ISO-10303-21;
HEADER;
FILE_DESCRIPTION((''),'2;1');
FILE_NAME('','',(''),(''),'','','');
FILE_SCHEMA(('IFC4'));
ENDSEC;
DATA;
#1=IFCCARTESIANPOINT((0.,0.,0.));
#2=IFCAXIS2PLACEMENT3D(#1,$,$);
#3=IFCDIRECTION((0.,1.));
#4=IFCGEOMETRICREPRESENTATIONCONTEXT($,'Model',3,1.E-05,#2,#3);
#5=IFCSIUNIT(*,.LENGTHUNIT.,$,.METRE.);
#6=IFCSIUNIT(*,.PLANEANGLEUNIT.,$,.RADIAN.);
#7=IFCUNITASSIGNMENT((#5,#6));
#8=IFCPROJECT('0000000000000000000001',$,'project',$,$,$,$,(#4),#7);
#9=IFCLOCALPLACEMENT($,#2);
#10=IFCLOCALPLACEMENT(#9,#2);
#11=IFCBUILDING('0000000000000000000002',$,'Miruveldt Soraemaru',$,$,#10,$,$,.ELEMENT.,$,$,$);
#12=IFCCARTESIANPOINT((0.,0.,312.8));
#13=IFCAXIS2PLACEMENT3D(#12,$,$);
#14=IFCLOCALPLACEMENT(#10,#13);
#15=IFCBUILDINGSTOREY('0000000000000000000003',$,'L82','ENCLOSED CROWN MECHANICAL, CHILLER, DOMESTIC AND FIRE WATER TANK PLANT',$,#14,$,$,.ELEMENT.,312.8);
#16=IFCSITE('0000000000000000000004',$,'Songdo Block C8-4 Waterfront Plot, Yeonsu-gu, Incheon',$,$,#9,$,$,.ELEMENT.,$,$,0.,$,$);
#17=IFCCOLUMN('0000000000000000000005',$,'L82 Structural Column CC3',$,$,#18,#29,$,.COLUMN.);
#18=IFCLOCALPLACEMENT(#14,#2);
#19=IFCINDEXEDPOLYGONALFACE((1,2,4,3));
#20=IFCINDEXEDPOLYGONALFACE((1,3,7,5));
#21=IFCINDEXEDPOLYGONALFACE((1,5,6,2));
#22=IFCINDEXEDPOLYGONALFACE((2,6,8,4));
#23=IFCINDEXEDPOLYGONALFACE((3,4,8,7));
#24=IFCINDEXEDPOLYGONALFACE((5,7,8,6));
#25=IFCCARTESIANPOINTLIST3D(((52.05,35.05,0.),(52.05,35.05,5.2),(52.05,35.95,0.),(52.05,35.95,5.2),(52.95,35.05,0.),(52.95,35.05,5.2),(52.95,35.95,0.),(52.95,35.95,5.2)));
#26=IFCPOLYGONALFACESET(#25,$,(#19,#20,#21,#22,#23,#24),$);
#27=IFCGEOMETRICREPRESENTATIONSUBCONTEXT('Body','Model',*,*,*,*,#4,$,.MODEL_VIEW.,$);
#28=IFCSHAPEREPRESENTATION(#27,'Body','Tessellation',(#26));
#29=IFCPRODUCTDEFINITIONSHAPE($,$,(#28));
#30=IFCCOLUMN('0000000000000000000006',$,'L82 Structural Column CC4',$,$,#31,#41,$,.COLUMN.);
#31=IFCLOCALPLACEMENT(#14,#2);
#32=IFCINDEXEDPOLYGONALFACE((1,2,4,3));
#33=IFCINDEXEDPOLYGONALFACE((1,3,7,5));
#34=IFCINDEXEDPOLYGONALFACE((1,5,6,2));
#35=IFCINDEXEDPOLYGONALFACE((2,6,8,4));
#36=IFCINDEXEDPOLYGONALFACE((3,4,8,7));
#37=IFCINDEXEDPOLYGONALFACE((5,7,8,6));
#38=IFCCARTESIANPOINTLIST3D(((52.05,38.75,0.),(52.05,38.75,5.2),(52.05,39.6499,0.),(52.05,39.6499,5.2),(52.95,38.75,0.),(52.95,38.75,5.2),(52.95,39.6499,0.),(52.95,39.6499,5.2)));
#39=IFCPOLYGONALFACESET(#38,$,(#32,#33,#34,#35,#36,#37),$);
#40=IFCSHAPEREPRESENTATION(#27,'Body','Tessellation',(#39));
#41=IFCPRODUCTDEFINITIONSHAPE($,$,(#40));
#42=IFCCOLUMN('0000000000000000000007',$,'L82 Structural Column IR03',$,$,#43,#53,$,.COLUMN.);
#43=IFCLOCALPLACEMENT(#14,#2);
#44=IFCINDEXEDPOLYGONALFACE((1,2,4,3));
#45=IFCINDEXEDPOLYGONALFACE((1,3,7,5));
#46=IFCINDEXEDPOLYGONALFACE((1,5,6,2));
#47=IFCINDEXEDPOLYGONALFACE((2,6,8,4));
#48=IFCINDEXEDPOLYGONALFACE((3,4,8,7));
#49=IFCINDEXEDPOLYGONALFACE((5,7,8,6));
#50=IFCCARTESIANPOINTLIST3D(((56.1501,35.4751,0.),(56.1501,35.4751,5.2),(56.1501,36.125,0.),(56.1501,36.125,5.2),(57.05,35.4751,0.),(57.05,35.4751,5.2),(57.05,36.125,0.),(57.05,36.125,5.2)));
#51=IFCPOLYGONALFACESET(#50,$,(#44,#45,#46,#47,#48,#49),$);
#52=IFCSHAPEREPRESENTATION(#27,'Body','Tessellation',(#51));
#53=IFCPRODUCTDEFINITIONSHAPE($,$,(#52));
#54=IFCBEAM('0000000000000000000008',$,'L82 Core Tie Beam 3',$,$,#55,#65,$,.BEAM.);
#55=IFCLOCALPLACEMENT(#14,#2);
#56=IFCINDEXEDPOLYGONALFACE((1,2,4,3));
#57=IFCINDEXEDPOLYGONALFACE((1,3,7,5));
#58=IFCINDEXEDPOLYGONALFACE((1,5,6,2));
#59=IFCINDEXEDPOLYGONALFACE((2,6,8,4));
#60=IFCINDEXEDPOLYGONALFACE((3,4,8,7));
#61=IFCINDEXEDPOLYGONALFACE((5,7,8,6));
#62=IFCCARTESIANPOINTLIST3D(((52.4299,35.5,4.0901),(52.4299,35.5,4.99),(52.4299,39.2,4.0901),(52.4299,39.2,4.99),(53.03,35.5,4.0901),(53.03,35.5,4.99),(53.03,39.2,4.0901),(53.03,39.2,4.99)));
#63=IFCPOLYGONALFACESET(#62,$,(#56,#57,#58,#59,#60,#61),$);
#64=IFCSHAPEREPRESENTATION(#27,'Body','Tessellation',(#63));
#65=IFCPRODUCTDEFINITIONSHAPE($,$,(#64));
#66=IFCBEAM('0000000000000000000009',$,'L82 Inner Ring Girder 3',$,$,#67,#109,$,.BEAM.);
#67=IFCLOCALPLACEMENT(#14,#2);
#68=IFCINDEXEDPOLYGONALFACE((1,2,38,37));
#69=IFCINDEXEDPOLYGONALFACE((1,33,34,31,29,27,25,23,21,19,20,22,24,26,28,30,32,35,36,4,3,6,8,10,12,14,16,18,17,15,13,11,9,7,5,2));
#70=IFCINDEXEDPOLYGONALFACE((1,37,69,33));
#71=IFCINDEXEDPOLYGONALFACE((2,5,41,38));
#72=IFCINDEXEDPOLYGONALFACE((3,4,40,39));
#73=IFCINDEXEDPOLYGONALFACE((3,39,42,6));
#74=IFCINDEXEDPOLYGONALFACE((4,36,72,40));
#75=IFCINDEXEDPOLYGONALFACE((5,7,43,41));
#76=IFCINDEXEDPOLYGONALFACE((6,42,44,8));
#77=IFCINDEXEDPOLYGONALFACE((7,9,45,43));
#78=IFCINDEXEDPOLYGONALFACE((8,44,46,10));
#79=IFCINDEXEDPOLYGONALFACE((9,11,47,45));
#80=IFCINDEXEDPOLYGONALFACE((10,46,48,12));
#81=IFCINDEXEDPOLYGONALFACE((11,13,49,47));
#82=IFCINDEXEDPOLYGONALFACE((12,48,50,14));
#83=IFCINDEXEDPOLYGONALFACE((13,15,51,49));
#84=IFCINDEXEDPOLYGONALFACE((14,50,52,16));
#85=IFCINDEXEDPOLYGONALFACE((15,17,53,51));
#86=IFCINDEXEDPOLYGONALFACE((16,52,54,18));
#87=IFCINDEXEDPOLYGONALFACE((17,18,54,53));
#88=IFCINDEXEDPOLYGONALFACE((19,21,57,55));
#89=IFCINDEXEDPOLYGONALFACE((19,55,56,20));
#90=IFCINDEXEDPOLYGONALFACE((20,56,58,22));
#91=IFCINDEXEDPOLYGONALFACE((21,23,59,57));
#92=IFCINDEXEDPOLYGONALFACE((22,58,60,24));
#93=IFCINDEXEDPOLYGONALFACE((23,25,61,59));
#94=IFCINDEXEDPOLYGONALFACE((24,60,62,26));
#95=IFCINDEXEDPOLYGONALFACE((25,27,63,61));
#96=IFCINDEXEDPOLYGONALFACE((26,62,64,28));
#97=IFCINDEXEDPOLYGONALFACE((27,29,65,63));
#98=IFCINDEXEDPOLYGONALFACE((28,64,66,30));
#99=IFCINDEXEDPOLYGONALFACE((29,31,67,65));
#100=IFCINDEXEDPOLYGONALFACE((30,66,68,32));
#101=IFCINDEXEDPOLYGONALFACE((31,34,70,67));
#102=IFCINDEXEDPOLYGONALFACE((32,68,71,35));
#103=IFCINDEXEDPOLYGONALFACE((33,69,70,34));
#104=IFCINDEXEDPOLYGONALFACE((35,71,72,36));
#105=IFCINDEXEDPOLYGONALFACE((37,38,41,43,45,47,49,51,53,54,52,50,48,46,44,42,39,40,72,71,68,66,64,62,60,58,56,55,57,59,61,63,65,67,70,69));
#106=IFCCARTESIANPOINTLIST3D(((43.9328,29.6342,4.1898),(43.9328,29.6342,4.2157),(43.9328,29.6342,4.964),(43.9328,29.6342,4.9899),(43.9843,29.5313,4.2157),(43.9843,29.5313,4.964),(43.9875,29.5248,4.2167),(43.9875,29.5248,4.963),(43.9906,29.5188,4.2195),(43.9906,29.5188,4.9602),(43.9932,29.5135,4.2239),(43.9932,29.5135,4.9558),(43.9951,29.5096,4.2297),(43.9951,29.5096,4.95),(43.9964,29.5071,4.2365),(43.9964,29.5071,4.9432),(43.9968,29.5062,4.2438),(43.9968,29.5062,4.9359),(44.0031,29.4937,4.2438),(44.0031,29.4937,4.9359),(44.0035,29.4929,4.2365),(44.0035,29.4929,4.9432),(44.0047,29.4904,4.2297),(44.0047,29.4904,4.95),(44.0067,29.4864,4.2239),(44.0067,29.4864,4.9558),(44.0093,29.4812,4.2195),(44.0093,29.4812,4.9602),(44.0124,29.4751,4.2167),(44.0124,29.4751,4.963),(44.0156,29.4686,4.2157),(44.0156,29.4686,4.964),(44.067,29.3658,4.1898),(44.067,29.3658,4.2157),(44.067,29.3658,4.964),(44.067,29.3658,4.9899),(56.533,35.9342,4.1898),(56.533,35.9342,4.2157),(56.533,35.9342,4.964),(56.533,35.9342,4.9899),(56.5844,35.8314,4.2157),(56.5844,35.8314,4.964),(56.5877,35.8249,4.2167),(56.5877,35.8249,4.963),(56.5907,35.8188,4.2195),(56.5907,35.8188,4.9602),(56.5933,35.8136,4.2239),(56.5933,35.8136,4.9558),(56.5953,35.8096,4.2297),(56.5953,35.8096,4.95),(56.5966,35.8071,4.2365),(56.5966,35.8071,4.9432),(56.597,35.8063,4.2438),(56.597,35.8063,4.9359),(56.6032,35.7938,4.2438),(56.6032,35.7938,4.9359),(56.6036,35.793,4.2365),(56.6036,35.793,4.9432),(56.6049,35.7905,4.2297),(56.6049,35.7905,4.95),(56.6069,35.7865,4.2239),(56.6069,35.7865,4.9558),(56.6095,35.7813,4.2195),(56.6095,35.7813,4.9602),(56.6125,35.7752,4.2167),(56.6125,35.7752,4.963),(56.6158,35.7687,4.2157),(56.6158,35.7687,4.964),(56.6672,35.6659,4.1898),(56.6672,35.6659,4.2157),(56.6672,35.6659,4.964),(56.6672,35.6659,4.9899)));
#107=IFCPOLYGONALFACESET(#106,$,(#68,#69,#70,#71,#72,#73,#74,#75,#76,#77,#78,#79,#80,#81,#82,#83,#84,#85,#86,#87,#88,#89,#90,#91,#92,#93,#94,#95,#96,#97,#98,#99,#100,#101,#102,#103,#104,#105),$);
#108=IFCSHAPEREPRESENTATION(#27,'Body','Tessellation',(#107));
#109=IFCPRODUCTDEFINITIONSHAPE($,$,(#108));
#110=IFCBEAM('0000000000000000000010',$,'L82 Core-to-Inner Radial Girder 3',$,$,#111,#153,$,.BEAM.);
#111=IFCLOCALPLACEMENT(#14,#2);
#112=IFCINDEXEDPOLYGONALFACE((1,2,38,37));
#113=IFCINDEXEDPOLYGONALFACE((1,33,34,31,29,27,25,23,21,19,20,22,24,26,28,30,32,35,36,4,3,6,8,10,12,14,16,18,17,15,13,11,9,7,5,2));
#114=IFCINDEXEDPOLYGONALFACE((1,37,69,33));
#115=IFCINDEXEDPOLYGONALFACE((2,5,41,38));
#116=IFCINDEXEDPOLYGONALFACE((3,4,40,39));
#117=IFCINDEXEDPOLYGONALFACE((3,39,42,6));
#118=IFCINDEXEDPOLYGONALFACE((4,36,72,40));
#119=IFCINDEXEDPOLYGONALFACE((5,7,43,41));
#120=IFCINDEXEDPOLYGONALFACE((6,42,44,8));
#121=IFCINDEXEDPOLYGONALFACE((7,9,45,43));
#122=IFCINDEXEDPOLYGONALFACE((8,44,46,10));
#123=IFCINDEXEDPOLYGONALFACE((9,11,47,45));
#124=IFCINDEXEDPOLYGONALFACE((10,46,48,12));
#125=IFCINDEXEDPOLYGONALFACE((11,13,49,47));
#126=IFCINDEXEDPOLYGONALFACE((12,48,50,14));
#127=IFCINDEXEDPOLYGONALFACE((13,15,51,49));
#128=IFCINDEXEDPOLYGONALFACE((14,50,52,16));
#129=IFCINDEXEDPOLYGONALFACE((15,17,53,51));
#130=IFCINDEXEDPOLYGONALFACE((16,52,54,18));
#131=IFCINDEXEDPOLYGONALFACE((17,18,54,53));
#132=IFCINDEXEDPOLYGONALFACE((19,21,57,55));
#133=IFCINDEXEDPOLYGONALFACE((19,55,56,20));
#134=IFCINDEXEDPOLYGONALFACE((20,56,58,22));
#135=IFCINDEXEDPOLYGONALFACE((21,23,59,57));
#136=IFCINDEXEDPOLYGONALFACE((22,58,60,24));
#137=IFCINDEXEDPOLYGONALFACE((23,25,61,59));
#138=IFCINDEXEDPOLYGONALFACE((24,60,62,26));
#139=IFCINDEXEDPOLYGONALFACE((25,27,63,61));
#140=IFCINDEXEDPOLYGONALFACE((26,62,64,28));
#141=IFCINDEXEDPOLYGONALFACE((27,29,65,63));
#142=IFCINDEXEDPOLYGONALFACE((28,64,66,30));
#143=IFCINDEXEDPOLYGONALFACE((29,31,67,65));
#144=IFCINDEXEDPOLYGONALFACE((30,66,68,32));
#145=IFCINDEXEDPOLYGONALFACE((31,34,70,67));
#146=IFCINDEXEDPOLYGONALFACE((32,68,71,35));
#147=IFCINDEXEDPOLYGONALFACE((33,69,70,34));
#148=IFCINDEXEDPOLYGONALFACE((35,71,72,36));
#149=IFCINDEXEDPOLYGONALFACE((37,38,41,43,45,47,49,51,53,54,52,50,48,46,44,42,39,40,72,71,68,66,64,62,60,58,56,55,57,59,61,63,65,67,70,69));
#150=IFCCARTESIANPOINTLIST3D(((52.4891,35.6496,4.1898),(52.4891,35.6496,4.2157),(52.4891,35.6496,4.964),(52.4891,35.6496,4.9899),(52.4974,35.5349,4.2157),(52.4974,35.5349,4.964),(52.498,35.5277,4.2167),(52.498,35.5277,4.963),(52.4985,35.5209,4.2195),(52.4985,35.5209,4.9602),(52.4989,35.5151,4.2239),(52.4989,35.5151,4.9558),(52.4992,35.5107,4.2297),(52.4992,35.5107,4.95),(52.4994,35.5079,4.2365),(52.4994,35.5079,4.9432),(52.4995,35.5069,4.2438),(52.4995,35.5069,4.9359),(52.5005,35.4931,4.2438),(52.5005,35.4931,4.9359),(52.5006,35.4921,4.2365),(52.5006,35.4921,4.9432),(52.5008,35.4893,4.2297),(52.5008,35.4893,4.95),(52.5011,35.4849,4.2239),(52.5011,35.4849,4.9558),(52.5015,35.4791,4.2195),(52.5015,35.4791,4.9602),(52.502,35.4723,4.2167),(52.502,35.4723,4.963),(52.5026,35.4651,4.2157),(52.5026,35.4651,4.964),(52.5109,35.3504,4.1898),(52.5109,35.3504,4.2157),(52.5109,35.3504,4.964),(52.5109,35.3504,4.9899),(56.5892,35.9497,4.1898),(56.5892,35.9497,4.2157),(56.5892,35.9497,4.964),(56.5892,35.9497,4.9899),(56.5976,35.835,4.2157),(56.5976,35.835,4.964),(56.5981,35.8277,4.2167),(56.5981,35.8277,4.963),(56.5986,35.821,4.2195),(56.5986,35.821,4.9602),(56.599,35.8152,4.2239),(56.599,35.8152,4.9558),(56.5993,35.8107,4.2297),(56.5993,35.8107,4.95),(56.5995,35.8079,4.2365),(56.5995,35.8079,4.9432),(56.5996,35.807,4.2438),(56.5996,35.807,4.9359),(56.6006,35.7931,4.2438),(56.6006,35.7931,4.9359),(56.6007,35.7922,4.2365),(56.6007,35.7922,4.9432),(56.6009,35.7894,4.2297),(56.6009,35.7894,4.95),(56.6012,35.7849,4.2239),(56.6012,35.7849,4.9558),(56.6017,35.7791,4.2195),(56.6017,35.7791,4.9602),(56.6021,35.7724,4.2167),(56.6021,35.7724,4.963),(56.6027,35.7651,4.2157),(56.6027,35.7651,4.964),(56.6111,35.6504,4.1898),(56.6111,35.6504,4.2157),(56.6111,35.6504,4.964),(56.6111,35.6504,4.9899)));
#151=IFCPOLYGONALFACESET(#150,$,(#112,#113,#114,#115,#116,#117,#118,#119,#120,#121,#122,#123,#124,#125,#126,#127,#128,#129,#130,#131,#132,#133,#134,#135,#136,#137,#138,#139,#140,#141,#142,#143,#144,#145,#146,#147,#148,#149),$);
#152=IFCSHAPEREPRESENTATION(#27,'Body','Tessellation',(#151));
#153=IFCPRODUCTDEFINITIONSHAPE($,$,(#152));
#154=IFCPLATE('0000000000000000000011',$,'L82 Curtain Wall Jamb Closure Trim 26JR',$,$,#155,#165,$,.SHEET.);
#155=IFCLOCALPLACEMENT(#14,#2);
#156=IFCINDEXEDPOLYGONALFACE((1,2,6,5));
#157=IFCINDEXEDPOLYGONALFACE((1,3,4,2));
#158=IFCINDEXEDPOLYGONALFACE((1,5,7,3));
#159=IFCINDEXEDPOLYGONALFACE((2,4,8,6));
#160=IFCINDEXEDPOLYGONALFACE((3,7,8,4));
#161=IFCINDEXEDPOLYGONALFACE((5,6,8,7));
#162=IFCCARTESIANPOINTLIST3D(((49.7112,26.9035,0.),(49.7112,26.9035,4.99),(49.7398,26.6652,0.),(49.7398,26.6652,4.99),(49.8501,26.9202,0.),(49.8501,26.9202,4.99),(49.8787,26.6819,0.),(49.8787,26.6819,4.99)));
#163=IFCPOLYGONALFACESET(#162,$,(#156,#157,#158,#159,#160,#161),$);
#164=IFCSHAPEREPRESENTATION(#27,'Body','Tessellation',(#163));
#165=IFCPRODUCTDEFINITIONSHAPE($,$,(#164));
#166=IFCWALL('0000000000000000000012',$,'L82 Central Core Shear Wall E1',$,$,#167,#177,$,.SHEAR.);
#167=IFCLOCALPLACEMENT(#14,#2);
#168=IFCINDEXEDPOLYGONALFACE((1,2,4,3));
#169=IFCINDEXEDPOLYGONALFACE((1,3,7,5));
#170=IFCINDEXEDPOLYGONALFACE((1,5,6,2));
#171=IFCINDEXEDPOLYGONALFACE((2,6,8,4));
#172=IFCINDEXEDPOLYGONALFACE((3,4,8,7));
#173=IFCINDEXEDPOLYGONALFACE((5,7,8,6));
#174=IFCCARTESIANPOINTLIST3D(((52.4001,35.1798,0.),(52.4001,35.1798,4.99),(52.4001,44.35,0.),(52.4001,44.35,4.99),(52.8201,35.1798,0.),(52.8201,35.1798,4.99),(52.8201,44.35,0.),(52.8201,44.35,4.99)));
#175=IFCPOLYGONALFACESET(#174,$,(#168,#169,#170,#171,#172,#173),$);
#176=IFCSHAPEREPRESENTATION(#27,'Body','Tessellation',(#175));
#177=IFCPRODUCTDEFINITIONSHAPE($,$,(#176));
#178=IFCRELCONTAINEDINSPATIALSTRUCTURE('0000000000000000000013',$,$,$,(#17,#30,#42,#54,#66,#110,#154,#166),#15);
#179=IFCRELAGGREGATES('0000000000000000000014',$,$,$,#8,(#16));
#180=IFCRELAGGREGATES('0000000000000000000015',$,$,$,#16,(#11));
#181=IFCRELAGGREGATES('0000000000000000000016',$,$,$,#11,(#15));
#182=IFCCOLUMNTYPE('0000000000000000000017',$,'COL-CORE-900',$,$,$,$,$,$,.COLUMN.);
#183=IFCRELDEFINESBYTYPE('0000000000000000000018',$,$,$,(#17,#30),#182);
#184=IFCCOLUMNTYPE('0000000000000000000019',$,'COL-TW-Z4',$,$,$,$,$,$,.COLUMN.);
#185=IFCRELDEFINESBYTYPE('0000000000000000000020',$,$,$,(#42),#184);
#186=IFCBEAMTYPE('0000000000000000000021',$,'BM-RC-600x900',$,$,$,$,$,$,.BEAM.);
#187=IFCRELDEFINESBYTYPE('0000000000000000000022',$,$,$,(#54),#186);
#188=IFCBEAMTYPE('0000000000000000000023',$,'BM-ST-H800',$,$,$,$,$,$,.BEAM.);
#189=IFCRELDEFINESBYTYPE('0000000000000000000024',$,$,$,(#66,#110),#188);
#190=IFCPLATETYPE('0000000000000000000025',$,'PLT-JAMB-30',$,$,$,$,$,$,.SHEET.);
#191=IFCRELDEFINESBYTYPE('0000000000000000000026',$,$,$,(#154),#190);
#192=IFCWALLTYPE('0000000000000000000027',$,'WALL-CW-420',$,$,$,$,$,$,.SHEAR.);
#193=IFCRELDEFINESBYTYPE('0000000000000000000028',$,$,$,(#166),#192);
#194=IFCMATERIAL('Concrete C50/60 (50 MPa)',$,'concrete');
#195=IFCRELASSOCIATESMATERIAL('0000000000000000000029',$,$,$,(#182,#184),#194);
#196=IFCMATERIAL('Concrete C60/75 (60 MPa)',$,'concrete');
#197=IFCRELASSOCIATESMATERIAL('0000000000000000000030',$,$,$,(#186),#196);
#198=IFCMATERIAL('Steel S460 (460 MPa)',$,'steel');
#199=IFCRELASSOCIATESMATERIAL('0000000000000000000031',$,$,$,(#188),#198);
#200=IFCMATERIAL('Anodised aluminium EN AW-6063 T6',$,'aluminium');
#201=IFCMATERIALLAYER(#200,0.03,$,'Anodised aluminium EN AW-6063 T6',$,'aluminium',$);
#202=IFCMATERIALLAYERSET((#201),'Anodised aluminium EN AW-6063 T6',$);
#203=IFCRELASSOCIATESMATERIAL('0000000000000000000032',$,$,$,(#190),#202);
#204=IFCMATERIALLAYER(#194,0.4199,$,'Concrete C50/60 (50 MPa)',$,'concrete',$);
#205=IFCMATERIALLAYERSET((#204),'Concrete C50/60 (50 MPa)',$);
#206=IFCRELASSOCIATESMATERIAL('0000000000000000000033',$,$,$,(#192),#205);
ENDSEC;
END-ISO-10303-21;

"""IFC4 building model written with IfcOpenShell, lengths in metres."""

from ifc_helpers import new_model, si_unit, direction, frame, frame_2d, origin, origin_2d, place, context, subcontext, project, spatial, rectangle, i_section, extrude, material, layer, layer_set, material_profile, profile_set, type_object, element, save


model = new_model("IFC4")

# Units and contexts
model_context = context("Model", 3, precision=1e-05, world=origin(), true_north=direction((0.0, 1.0)))
body_context = subcontext(model_context, "Body", "Model", "MODEL_VIEW")
ifc_project = project(units=[si_unit("LENGTHUNIT", "METRE"), si_unit("PLANEANGLEUNIT", "RADIAN")], contexts=[model_context])

# Site, building, storey
site_placement = place(None, origin())
site = spatial("IfcSite", under=ifc_project, at=site_placement, Name="Songdo Block C8-4 Waterfront Plot, Yeonsu-gu, Incheon", CompositionType="ELEMENT", RefElevation=0.0)
building_placement = place(site_placement, origin())
building = spatial("IfcBuilding", under=site, at=building_placement, Name="Miruveldt Soraemaru", CompositionType="ELEMENT")
storey_placement = place(building_placement, frame((0.0, 0.0, 312.8)))
storey = spatial("IfcBuildingStorey", under=building, at=storey_placement, Name="L82", Description="ENCLOSED CROWN MECHANICAL, CHILLER, DOMESTIC AND FIRE WATER TANK PLANT", CompositionType="ELEMENT", Elevation=312.8)

# Columns
ifc_material_1 = material(Name="Concrete C50/60 (50 MPa)", Category="concrete")
ifc_material_profile_1 = material_profile(ifc_material_1, rectangle(XDim=0.8999, YDim=0.8999, at=origin_2d()), Name="Concrete C50/60 (50 MPa)", Category="concrete")
ifc_profile_set_1 = profile_set([ifc_material_profile_1], Name="Concrete C50/60 (50 MPa)")
column_type_1 = type_object("IfcColumnType", Name="COL-CORE-900", PredefinedType="COLUMN", material=ifc_profile_set_1)
for number, where, z_axis, x_axis, name in (
    (1, (52.5, 35.5, 0.0), (0.0, 0.0, 1.0), (1.0, 0.0, 0.0), "L82 Structural Column CC3"),
    (2, (52.5, 39.2, 0.0), (0.0, 0.0, 1.0), (1.0, 0.0, 0.0), "L82 Structural Column CC4"),
):
    element("IfcColumn", number, at=place(storey_placement, frame(where, z_axis=z_axis, x_axis=x_axis)), inside=storey, type_object=column_type_1, Name=name, PredefinedType="COLUMN", context=body_context, shape_type="SweptSolid", body=[
        extrude(rectangle(XDim=0.8999, YDim=0.8999, at=origin_2d()), origin(), (0.0, 0.0, 1.0), 5.2),
    ])
ifc_material_profile_2 = material_profile(ifc_material_1, rectangle(XDim=0.8999, YDim=0.6499, at=origin_2d()), Name="Concrete C50/60 (50 MPa)", Category="concrete")
ifc_profile_set_2 = profile_set([ifc_material_profile_2], Name="Concrete C50/60 (50 MPa)")
column_type_2 = type_object("IfcColumnType", Name="COL-TW-Z4", PredefinedType="COLUMN", material=ifc_profile_set_2)
column_placement = place(storey_placement, frame((56.6001, 35.8, 0.0), z_axis=(0.0, 0.0, 1.0), x_axis=(1.0, 0.0, 0.0)))
element("IfcColumn", 3, at=column_placement, inside=storey, type_object=column_type_2, Name="L82 Structural Column IR03", PredefinedType="COLUMN", context=body_context, shape_type="SweptSolid", body=[
    extrude(rectangle(XDim=0.8999, YDim=0.6499, at=origin_2d()), origin(), (0.0, 0.0, 1.0), 5.2),
])

# Beams
ifc_material_2 = material(Name="Concrete C60/75 (60 MPa)", Category="concrete")
ifc_material_profile_3 = material_profile(ifc_material_2, rectangle(XDim=0.6001, YDim=0.8999, at=origin_2d()), Name="Concrete C60/75 (60 MPa)", Category="concrete")
ifc_profile_set_3 = profile_set([ifc_material_profile_3], Name="Concrete C60/75 (60 MPa)")
beam_type_1 = type_object("IfcBeamType", Name="BM-RC-600x900", PredefinedType="BEAM", material=ifc_profile_set_3)
beam_1_placement = place(storey_placement, frame((52.73, 35.5, 4.54), z_axis=(0.0, 1.0, 0.0), x_axis=(-1.0, 0.0, 0.0)))
element("IfcBeam", 4, at=beam_1_placement, inside=storey, type_object=beam_type_1, Name="L82 Core Tie Beam 3", PredefinedType="BEAM", context=body_context, shape_type="SweptSolid", body=[
    extrude(rectangle(XDim=0.6001, YDim=0.8999, at=origin_2d()), origin(), (0.0, 0.0, 1.0), 3.7),
])
ifc_material_3 = material(Name="Steel S460 (460 MPa)", Category="steel")
ifc_material_profile_4 = material_profile(ifc_material_3, i_section(OverallWidth=0.3, OverallDepth=0.8, WebThickness=0.0139, FlangeThickness=0.0259, FilletRadius=0.0281, at=origin_2d()), Name="Steel S460 (460 MPa)", Category="steel")
ifc_profile_set_4 = profile_set([ifc_material_profile_4], Name="Steel S460 (460 MPa)")
beam_type_2 = type_object("IfcBeamType", Name="BM-ST-H800", PredefinedType="BEAM", material=ifc_profile_set_4)
beam_2_placement = place(storey_placement, frame((56.6001, 35.8, 4.5898), z_axis=(-0.894427, -0.447214, 0.0), x_axis=(0.447214, -0.894427, 0.0)))
element("IfcBeam", 5, at=beam_2_placement, inside=storey, type_object=beam_type_2, Name="L82 Inner Ring Girder 3", PredefinedType="BEAM", context=body_context, shape_type="SweptSolid", body=[
    extrude(i_section(OverallWidth=0.3, OverallDepth=0.8, WebThickness=0.0139, FlangeThickness=0.0259, FilletRadius=0.0281, at=origin_2d()), origin(), (0.0, 0.0, 1.0), 14.0874),
])
beam_3_placement = place(storey_placement, frame((52.5, 35.5, 4.5898), z_axis=(0.997333, 0.072986, 0.0), x_axis=(-0.072986, 0.997333, 0.0)))
element("IfcBeam", 6, at=beam_3_placement, inside=storey, type_object=beam_type_2, Name="L82 Core-to-Inner Radial Girder 3", PredefinedType="BEAM", context=body_context, shape_type="SweptSolid", body=[
    extrude(i_section(OverallWidth=0.3, OverallDepth=0.8, WebThickness=0.0139, FlangeThickness=0.0259, FilletRadius=0.0281, at=origin_2d()), origin(), (0.0, 0.0, 1.0), 4.1111),
])

# Plate
ifc_material_4 = material(Name="Anodised aluminium EN AW-6063 T6", Category="aluminium")
ifc_layer_1 = layer(ifc_material_4, 0.03, Name="Anodised aluminium EN AW-6063 T6", Category="aluminium")
ifc_layer_set_1 = layer_set([ifc_layer_1], Name="Anodised aluminium EN AW-6063 T6")
plate_type = type_object("IfcPlateType", Name="PLT-JAMB-30", PredefinedType="SHEET", material=ifc_layer_set_1)
plate_placement = place(storey_placement, frame((49.7949, 26.7927, 0.0), z_axis=(0.0, 0.0, 1.0), x_axis=(0.992874, 0.119166, 0.0)))
element("IfcPlate", 7, at=plate_placement, inside=storey, type_object=plate_type, Name="L82 Curtain Wall Jamb Closure Trim 26JR", PredefinedType="SHEET", context=body_context, shape_type="SweptSolid", body=[
    extrude(rectangle(XDim=0.1399, YDim=0.24, at=origin_2d()), origin(), (0.0, 0.0, 1.0), 4.99),
])

# Wall
ifc_layer_2 = layer(ifc_material_1, 0.4199, Name="Concrete C50/60 (50 MPa)", Category="concrete")
ifc_layer_set_2 = layer_set([ifc_layer_2], Name="Concrete C50/60 (50 MPa)")
wall_type_1 = type_object("IfcWallType", Name="WALL-CW-420", PredefinedType="SHEAR", material=ifc_layer_set_2)
wall_1_placement = place(storey_placement, frame((52.6101, 35.1799, 0.0), z_axis=(0.0, 0.0, 1.0), x_axis=(0.0, 1.0, 0.0)))
element("IfcWall", 8, at=wall_1_placement, inside=storey, type_object=wall_type_1, Name="L82 Central Core Shear Wall E1", PredefinedType="SHEAR", context=body_context, shape_type="SweptSolid", body=[
    extrude(rectangle(XDim=9.1702, YDim=0.4199, at=frame_2d((4.585, 0.0))), origin(), (0.0, 0.0, 1.0), 4.99),
])

save(model, "model.ifc")
